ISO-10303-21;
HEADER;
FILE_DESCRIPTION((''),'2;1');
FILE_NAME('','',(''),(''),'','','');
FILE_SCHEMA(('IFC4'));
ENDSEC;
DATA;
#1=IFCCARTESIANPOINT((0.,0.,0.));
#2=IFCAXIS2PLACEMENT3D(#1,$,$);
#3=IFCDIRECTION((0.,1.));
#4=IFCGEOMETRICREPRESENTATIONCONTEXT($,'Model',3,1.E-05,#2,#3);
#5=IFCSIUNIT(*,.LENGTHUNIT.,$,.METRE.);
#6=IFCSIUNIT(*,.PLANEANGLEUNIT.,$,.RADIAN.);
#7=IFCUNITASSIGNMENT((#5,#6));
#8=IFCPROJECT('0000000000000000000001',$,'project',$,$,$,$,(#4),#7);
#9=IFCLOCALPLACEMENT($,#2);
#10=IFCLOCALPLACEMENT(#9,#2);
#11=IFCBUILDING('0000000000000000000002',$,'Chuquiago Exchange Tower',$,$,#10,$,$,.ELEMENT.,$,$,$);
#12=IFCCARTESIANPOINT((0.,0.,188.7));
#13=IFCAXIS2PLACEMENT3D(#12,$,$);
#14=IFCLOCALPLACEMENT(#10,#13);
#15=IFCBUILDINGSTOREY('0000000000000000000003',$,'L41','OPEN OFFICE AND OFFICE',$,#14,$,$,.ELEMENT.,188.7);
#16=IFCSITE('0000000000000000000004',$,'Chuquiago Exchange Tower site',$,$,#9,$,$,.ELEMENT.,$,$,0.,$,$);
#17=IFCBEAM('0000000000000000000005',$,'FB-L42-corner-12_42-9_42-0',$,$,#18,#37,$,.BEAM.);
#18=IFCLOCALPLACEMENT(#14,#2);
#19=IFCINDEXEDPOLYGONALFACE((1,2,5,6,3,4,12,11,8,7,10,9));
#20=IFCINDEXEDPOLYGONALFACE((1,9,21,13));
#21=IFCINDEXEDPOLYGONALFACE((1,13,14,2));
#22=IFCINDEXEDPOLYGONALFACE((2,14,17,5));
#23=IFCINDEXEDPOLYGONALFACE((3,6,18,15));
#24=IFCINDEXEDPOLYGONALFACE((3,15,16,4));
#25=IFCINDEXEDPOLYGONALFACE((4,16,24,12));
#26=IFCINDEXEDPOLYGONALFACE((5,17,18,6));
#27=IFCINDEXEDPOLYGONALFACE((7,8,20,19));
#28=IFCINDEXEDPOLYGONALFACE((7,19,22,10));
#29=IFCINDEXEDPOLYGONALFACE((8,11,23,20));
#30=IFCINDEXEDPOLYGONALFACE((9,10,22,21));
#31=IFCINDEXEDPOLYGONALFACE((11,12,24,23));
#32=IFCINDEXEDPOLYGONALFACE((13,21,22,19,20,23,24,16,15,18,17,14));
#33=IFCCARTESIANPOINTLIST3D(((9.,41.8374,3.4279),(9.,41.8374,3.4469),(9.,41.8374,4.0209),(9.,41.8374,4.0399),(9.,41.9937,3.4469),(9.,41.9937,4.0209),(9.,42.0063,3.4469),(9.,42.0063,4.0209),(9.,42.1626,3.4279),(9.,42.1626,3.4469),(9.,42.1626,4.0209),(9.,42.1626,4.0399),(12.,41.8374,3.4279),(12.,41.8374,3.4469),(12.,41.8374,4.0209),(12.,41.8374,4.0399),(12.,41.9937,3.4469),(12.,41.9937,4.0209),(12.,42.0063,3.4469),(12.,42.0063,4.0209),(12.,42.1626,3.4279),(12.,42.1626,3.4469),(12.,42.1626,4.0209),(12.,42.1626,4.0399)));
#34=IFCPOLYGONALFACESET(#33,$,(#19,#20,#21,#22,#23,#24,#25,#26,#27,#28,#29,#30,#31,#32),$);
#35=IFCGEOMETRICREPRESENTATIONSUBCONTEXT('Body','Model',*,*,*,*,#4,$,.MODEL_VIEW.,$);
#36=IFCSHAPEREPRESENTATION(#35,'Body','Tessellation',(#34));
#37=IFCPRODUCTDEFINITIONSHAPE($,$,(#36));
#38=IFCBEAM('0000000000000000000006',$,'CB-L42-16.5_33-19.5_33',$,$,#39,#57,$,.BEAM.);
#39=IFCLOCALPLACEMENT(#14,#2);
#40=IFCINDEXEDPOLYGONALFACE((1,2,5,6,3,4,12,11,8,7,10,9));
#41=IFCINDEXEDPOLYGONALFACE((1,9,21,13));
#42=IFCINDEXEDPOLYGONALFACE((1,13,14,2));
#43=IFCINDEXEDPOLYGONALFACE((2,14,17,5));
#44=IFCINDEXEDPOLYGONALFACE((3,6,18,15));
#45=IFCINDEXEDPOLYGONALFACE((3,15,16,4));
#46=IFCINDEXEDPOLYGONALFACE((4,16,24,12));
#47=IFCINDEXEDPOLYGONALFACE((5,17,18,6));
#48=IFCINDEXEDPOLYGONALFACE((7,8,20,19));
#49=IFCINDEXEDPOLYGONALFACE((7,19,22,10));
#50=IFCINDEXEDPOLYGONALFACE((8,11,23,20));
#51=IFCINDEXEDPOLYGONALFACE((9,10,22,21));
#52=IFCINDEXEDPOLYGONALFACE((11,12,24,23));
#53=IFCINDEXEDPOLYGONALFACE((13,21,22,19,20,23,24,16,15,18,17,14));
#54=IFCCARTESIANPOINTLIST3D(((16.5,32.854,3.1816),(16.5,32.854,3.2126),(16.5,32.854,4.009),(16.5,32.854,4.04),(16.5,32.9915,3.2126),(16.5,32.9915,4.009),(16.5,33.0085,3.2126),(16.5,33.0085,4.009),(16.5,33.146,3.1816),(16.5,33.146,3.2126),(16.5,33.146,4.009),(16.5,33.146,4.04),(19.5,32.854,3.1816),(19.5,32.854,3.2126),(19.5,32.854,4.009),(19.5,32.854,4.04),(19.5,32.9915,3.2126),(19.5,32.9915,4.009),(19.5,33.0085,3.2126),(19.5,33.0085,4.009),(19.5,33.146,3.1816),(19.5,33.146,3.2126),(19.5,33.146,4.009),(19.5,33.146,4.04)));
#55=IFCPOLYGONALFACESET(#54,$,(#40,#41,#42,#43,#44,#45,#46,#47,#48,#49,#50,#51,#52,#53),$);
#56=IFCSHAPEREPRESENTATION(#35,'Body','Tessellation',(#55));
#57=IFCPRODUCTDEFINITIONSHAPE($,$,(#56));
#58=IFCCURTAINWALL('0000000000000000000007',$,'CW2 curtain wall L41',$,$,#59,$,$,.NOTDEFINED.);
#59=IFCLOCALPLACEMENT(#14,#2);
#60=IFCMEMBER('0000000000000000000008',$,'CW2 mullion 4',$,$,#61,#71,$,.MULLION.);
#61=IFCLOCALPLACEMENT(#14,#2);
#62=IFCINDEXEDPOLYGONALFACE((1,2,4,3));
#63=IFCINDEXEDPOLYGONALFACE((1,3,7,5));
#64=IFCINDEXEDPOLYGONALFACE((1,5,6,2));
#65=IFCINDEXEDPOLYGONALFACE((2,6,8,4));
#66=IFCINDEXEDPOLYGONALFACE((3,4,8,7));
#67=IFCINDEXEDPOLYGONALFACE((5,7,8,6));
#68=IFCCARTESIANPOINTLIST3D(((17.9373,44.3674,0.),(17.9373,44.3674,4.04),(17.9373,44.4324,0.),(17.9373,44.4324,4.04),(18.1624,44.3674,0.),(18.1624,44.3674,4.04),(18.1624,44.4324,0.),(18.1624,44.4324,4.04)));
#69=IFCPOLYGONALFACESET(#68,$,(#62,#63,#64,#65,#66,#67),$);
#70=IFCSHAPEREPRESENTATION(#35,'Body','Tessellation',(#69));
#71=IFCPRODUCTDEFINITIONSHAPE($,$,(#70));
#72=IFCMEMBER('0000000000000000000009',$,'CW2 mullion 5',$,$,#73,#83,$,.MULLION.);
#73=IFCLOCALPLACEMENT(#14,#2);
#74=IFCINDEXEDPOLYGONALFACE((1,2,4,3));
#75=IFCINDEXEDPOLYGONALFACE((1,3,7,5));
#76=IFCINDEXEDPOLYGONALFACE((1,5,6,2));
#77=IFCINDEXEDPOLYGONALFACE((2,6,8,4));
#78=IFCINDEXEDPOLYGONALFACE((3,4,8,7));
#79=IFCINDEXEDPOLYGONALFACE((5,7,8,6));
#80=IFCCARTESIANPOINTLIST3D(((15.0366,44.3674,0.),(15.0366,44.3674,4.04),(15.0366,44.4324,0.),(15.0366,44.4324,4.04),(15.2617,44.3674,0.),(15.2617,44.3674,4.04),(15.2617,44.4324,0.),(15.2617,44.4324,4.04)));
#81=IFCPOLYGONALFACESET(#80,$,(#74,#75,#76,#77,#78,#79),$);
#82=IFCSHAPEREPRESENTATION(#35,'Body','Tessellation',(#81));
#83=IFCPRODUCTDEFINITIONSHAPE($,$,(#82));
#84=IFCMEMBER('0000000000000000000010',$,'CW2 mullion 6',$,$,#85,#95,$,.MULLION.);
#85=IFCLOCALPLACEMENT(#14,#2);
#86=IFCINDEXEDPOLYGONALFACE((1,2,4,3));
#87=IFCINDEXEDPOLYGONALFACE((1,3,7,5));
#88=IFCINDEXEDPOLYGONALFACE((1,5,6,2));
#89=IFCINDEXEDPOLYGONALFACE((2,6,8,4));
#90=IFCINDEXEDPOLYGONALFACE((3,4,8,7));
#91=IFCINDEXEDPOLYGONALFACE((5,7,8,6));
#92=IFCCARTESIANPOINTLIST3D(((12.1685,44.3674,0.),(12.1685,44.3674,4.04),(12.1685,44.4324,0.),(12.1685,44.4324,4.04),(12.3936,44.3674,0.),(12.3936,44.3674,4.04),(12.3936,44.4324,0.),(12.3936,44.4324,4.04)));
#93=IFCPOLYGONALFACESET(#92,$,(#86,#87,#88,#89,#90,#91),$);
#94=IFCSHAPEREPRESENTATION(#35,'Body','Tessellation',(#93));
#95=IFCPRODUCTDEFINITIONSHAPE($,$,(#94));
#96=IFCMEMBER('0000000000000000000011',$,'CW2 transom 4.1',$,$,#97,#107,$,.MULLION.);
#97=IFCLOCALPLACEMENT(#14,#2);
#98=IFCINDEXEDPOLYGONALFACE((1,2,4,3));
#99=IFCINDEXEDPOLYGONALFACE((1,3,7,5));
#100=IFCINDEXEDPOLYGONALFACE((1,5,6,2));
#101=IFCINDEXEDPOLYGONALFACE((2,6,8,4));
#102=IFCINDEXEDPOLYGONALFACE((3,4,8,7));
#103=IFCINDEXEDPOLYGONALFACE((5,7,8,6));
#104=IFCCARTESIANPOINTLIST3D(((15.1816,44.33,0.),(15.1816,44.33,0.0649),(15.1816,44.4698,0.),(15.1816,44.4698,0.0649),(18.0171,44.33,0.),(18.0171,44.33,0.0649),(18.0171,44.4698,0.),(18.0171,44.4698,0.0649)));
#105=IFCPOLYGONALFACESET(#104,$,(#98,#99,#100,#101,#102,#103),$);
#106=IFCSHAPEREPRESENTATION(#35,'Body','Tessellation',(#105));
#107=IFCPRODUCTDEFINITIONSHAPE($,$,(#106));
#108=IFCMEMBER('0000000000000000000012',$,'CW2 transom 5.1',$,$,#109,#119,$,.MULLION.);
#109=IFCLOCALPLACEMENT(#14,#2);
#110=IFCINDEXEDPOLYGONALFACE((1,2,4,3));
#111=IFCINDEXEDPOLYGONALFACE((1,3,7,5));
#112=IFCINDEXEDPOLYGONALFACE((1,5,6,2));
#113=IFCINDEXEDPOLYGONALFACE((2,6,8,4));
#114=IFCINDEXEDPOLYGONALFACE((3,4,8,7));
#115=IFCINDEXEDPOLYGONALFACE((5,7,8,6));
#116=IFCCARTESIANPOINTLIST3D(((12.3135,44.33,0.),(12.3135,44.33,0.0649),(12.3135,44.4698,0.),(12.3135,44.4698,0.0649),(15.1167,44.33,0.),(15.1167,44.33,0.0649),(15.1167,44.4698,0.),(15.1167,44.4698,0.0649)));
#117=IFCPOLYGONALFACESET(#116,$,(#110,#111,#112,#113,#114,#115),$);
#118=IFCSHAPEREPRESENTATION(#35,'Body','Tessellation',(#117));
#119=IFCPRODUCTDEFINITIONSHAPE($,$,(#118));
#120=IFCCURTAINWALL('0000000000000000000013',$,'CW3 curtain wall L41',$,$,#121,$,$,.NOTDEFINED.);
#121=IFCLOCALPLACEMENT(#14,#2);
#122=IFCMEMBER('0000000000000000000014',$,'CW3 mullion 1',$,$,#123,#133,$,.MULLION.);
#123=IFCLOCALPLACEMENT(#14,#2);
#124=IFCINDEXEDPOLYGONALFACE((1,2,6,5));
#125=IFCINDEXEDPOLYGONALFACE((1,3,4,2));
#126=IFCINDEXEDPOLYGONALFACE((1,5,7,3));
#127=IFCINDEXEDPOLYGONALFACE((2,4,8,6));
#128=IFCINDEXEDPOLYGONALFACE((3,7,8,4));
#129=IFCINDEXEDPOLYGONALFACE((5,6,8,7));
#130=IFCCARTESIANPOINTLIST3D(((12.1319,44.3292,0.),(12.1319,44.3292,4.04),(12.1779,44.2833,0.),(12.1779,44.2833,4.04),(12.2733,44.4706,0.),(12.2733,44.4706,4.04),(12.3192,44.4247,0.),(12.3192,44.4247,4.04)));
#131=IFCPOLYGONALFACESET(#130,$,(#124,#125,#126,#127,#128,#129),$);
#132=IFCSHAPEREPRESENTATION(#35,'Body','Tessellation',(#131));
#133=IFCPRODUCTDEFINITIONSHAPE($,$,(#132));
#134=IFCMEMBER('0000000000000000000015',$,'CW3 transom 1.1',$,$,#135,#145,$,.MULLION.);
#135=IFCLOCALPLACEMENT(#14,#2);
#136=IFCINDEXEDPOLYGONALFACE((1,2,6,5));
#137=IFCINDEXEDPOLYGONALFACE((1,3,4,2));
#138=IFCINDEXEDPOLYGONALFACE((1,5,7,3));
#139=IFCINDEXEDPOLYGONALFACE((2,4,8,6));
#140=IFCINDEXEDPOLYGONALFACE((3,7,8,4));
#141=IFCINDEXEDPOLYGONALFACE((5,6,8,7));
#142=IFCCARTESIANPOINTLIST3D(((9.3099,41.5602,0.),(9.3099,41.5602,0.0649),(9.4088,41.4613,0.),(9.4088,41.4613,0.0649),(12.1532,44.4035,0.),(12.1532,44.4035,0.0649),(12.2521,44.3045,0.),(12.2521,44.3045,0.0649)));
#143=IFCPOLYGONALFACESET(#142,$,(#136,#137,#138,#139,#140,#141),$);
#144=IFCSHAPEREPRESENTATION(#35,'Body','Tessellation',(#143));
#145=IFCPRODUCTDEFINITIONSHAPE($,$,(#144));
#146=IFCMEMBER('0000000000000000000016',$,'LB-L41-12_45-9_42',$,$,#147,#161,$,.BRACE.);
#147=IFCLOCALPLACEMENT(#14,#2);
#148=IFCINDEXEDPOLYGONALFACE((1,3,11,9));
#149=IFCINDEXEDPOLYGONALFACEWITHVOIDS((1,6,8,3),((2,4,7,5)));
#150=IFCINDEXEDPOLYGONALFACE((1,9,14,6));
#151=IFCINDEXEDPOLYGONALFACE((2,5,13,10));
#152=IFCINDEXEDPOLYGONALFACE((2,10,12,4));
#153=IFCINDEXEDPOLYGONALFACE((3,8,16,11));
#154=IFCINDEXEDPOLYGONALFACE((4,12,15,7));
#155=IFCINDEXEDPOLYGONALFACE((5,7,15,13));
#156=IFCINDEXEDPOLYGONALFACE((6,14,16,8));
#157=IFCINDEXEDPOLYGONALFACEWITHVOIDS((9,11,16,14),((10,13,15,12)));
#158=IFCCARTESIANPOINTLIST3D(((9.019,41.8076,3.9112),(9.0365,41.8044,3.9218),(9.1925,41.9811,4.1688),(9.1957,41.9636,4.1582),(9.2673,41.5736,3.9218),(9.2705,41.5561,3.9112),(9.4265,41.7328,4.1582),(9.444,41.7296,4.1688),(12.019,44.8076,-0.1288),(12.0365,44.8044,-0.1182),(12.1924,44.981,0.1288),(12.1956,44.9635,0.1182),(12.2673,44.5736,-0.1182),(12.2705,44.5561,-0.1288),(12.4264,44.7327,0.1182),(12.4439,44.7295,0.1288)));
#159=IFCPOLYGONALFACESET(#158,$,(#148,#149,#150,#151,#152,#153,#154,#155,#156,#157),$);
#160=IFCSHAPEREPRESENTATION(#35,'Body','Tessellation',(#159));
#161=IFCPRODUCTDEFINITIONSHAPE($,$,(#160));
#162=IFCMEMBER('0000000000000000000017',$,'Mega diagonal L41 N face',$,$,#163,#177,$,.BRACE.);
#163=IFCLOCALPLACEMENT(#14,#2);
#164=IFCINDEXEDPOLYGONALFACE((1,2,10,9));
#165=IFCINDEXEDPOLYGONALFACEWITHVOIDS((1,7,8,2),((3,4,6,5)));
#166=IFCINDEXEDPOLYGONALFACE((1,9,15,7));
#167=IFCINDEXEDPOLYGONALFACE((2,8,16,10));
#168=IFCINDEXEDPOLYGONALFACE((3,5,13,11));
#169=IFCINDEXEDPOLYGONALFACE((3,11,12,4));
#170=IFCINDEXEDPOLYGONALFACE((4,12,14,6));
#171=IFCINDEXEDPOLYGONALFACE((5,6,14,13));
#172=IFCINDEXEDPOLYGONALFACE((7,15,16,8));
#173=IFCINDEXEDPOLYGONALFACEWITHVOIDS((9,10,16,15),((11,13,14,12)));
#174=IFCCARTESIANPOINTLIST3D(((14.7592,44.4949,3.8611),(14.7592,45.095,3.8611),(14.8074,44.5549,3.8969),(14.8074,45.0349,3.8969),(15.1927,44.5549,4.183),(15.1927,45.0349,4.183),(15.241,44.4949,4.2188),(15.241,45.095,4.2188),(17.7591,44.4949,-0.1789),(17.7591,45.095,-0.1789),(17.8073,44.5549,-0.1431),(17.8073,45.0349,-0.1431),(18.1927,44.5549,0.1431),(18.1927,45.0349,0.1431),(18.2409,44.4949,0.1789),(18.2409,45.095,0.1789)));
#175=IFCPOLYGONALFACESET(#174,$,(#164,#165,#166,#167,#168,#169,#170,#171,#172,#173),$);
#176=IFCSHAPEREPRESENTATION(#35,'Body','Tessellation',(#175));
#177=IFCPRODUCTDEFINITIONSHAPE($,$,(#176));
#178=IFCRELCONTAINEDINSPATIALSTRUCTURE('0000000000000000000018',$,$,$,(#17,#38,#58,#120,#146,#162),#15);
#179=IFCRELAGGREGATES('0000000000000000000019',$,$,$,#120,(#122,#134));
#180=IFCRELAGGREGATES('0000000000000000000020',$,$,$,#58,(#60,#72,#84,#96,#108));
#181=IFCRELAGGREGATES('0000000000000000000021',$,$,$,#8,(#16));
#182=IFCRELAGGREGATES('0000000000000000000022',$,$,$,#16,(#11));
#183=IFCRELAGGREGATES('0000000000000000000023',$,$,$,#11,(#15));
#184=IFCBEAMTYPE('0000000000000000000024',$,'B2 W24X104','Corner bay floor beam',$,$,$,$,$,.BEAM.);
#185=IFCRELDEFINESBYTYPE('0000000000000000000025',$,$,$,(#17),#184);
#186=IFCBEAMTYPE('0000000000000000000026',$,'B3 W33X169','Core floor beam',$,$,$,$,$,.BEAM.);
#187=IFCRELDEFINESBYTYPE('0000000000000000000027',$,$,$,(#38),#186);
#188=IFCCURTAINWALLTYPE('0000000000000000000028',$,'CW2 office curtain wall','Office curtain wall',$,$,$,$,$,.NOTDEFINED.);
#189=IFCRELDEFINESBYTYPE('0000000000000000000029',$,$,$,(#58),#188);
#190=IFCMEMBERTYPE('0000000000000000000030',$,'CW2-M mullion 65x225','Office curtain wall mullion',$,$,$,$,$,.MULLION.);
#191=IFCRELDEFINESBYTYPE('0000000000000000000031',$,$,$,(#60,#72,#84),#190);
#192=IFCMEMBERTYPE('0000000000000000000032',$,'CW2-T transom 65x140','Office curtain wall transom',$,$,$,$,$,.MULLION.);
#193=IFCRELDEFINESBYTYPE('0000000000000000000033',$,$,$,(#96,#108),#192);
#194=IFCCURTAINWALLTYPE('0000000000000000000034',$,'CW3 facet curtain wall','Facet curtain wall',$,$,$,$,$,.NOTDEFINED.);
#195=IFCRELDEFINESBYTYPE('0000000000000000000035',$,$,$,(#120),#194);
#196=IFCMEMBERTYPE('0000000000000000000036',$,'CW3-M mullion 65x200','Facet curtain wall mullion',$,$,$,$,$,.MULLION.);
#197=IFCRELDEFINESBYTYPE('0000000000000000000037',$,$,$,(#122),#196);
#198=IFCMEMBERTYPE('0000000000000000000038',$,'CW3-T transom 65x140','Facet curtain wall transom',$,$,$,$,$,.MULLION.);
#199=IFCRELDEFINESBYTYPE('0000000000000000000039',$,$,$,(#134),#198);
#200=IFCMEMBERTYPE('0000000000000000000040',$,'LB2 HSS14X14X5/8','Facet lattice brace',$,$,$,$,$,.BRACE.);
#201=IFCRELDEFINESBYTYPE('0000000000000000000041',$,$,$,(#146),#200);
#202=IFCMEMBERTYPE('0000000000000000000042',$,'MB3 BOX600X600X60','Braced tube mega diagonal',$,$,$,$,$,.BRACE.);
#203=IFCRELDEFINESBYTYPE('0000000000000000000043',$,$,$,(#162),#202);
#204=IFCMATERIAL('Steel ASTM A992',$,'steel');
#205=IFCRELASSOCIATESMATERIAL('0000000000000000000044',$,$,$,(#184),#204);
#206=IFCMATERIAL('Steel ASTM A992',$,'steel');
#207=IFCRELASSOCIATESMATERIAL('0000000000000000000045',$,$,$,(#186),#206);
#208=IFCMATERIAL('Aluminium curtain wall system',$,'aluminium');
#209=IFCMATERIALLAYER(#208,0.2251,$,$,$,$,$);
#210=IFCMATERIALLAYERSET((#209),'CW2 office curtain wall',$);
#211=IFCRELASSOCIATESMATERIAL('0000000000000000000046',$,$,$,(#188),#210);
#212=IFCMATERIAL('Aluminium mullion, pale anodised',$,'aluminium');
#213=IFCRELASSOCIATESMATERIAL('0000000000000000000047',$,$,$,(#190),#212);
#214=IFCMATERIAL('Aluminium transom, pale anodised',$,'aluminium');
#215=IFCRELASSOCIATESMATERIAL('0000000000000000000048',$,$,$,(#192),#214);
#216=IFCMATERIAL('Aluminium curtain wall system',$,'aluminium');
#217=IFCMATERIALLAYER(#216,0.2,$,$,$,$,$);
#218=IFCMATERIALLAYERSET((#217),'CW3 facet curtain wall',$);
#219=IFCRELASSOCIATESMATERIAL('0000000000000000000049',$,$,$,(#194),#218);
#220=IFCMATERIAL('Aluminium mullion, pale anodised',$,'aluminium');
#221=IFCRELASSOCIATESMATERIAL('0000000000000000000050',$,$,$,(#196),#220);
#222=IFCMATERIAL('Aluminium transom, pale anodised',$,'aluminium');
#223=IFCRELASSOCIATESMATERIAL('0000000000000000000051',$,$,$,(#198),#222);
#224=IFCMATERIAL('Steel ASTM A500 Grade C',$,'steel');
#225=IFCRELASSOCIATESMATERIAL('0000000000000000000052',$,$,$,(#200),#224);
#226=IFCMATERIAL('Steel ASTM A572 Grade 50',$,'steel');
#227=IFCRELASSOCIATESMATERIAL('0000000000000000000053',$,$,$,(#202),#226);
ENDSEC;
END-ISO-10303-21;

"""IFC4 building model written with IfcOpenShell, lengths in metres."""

from ifc_helpers import new_model, si_unit, direction, frame, origin, origin_2d, place, context, subcontext, project, spatial, rectangle, hollow_rectangle, i_section, extrude, material, layer, layer_set, material_profile, profile_set, type_object, element, aggregate, save


model = new_model("IFC4")

# Units and contexts
model_context = context("Model", 3, precision=1e-05, world=origin(), true_north=direction((0.0, 1.0)))
body_context = subcontext(model_context, "Body", "Model", "MODEL_VIEW")
ifc_project = project(units=[si_unit("LENGTHUNIT", "METRE"), si_unit("PLANEANGLEUNIT", "RADIAN")], contexts=[model_context])

# Site, building, storey
site_placement = place(None, origin())
site = spatial("IfcSite", under=ifc_project, at=site_placement, Name="Chuquiago Exchange Tower site", CompositionType="ELEMENT", RefElevation=0.0)
building_placement = place(site_placement, origin())
building = spatial("IfcBuilding", under=site, at=building_placement, Name="Chuquiago Exchange Tower", CompositionType="ELEMENT")
storey_placement = place(building_placement, frame((0.0, 0.0, 188.7)))
storey = spatial("IfcBuildingStorey", under=building, at=storey_placement, Name="L41", Description="OPEN OFFICE AND OFFICE", CompositionType="ELEMENT", Elevation=188.7)

# Beams
ifc_material_1 = material(Name="Steel ASTM A992", Category="steel")
ifc_material_profile_1 = material_profile(ifc_material_1, i_section(OverallWidth=0.3252, OverallDepth=0.6121, WebThickness=0.0127, FlangeThickness=0.019, at=origin_2d()), Name="W24X104")
ifc_profile_set_1 = profile_set([ifc_material_profile_1], Name="Steel ASTM A992")
beam_type_1 = type_object("IfcBeamType", Name="B2 W24X104", Description="Corner bay floor beam", PredefinedType="BEAM", material=ifc_profile_set_1)
beam_1_placement = place(storey_placement, frame((12.0, 42.0, 3.7339), z_axis=(-1.0, 0.0, 0.0), x_axis=(0.0, -1.0, 0.0)))
element("IfcBeam", 1, at=beam_1_placement, inside=storey, type_object=beam_type_1, Name="FB-L42-corner-12_42-9_42-0", PredefinedType="BEAM", context=body_context, shape_type="SweptSolid", body=[
    extrude(i_section(OverallWidth=0.3252, OverallDepth=0.6121, WebThickness=0.0127, FlangeThickness=0.019, at=origin_2d()), origin(), (0.0, 0.0, 1.0), 3.0),
])
ifc_material_2 = material(Name="Steel ASTM A992", Category="steel")
ifc_material_profile_2 = material_profile(ifc_material_2, i_section(OverallWidth=0.292, OverallDepth=0.8584, WebThickness=0.0171, FlangeThickness=0.031, at=origin_2d()), Name="W33X169")
ifc_profile_set_2 = profile_set([ifc_material_profile_2], Name="Steel ASTM A992")
beam_type_2 = type_object("IfcBeamType", Name="B3 W33X169", Description="Core floor beam", PredefinedType="BEAM", material=ifc_profile_set_2)
beam_2_placement = place(storey_placement, frame((16.5, 33.0, 3.6108), z_axis=(1.0, 0.0, 0.0), x_axis=(0.0, 1.0, 0.0)))
element("IfcBeam", 2, at=beam_2_placement, inside=storey, type_object=beam_type_2, Name="CB-L42-16.5_33-19.5_33", PredefinedType="BEAM", context=body_context, shape_type="SweptSolid", body=[
    extrude(i_section(OverallWidth=0.292, OverallDepth=0.8584, WebThickness=0.0171, FlangeThickness=0.031, at=origin_2d()), origin(), (0.0, 0.0, 1.0), 3.0),
])

# Curtain walls, members
ifc_material_3 = material(Name="Aluminium curtain wall system", Category="aluminium")
ifc_layer_1 = layer(ifc_material_3, 0.2251)
ifc_layer_set_1 = layer_set([ifc_layer_1], Name="CW2 office curtain wall")
curtain_wall_type_1 = type_object("IfcCurtainWallType", Name="CW2 office curtain wall", Description="Office curtain wall", PredefinedType="NOTDEFINED", material=ifc_layer_set_1)
curtain_wall_1_placement = place(storey_placement, origin())
curtain_wall_1 = element("IfcCurtainWall", 3, at=curtain_wall_1_placement, inside=storey, type_object=curtain_wall_type_1, Name="CW2 curtain wall L41", PredefinedType="NOTDEFINED")
ifc_material_4 = material(Name="Aluminium mullion, pale anodised", Category="aluminium")
ifc_material_profile_3 = material_profile(ifc_material_4, rectangle(XDim=0.0649, YDim=0.2251, at=origin_2d()), Name="AL 65x225")
ifc_profile_set_3 = profile_set([ifc_material_profile_3], Name="Aluminium mullion, pale anodised")
member_type_1 = type_object("IfcMemberType", Name="CW2-M mullion 65x225", Description="Office curtain wall mullion", PredefinedType="MULLION", material=ifc_profile_set_3)
member_1_placement = place(storey_placement, frame((18.0498, 44.3999, 0.0), z_axis=(0.0, 0.0, 1.0), x_axis=(0.0, -1.0, 0.0)))
member_1 = element("IfcMember", 4, at=member_1_placement, type_object=member_type_1, Name="CW2 mullion 4", PredefinedType="MULLION", context=body_context, shape_type="SweptSolid", body=[
    extrude(rectangle(XDim=0.0649, YDim=0.2251, at=origin_2d()), origin(), (0.0, 0.0, 1.0), 4.04),
])
member_2_placement = place(storey_placement, frame((15.1492, 44.3999, 0.0), z_axis=(0.0, 0.0, 1.0), x_axis=(0.0, -1.0, 0.0)))
member_2 = element("IfcMember", 5, at=member_2_placement, type_object=member_type_1, Name="CW2 mullion 5", PredefinedType="MULLION", context=body_context, shape_type="SweptSolid", body=[
    extrude(rectangle(XDim=0.0649, YDim=0.2251, at=origin_2d()), origin(), (0.0, 0.0, 1.0), 4.04),
])
member_3_placement = place(storey_placement, frame((12.281, 44.3999, 0.0), z_axis=(0.0, 0.0, 1.0), x_axis=(0.0, -1.0, 0.0)))
member_3 = element("IfcMember", 6, at=member_3_placement, type_object=member_type_1, Name="CW2 mullion 6", PredefinedType="MULLION", context=body_context, shape_type="SweptSolid", body=[
    extrude(rectangle(XDim=0.0649, YDim=0.2251, at=origin_2d()), origin(), (0.0, 0.0, 1.0), 4.04),
])
ifc_material_5 = material(Name="Aluminium transom, pale anodised", Category="aluminium")
ifc_material_profile_4 = material_profile(ifc_material_5, rectangle(XDim=0.1399, YDim=0.0649, at=origin_2d()), Name="AL 140x65")
ifc_profile_set_4 = profile_set([ifc_material_profile_4], Name="Aluminium transom, pale anodised")
member_type_2 = type_object("IfcMemberType", Name="CW2-T transom 65x140", Description="Office curtain wall transom", PredefinedType="MULLION", material=ifc_profile_set_4)
member_4_placement = place(storey_placement, frame((18.0171, 44.3999, 0.0325), z_axis=(-1.0, 0.0, 0.0), x_axis=(0.0, -1.0, 0.0)))
member_4 = element("IfcMember", 7, at=member_4_placement, type_object=member_type_2, Name="CW2 transom 4.1", PredefinedType="MULLION", context=body_context, shape_type="SweptSolid", body=[
    extrude(rectangle(XDim=0.1399, YDim=0.0649, at=origin_2d()), origin(), (0.0, 0.0, 1.0), 2.8354),
])
member_5_placement = place(storey_placement, frame((15.1167, 44.3999, 0.0325), z_axis=(-1.0, 0.0, 0.0), x_axis=(0.0, -1.0, 0.0)))
member_5 = element("IfcMember", 8, at=member_5_placement, type_object=member_type_2, Name="CW2 transom 5.1", PredefinedType="MULLION", context=body_context, shape_type="SweptSolid", body=[
    extrude(rectangle(XDim=0.1399, YDim=0.0649, at=origin_2d()), origin(), (0.0, 0.0, 1.0), 2.8032),
])
ifc_material_6 = material(Name="Aluminium curtain wall system", Category="aluminium")
ifc_layer_2 = layer(ifc_material_6, 0.2)
ifc_layer_set_2 = layer_set([ifc_layer_2], Name="CW3 facet curtain wall")
curtain_wall_type_2 = type_object("IfcCurtainWallType", Name="CW3 facet curtain wall", Description="Facet curtain wall", PredefinedType="NOTDEFINED", material=ifc_layer_set_2)
curtain_wall_2_placement = place(storey_placement, origin())
curtain_wall_2 = element("IfcCurtainWall", 9, at=curtain_wall_2_placement, inside=storey, type_object=curtain_wall_type_2, Name="CW3 curtain wall L41", PredefinedType="NOTDEFINED")
ifc_material_7 = material(Name="Aluminium mullion, pale anodised", Category="aluminium")
ifc_material_profile_5 = material_profile(ifc_material_7, rectangle(XDim=0.0649, YDim=0.2, at=origin_2d()), Name="AL 65x200")
ifc_profile_set_5 = profile_set([ifc_material_profile_5], Name="Aluminium mullion, pale anodised")
member_type_3 = type_object("IfcMemberType", Name="CW3-M mullion 65x200", Description="Facet curtain wall mullion", PredefinedType="MULLION", material=ifc_profile_set_5)
member_6_placement = place(storey_placement, frame((12.2256, 44.377, 0.0), z_axis=(0.0, 0.0, 1.0), x_axis=(0.707107, -0.707107, 0.0)))
member_6 = element("IfcMember", 10, at=member_6_placement, type_object=member_type_3, Name="CW3 mullion 1", PredefinedType="MULLION", context=body_context, shape_type="SweptSolid", body=[
    extrude(rectangle(XDim=0.0649, YDim=0.2, at=origin_2d()), origin(), (0.0, 0.0, 1.0), 4.04),
])
ifc_material_8 = material(Name="Aluminium transom, pale anodised", Category="aluminium")
ifc_material_profile_6 = material_profile(ifc_material_8, rectangle(XDim=0.1399, YDim=0.0649, at=origin_2d()), Name="AL 140x65")
ifc_profile_set_6 = profile_set([ifc_material_profile_6], Name="Aluminium transom, pale anodised")
member_type_4 = type_object("IfcMemberType", Name="CW3-T transom 65x140", Description="Facet curtain wall transom", PredefinedType="MULLION", material=ifc_profile_set_6)
member_7_placement = place(storey_placement, frame((12.2026, 44.354, 0.0325), z_axis=(-0.707107, -0.707107, 0.0), x_axis=(0.707107, -0.707107, 0.0)))
member_7 = element("IfcMember", 11, at=member_7_placement, type_object=member_type_4, Name="CW3 transom 1.1", PredefinedType="MULLION", context=body_context, shape_type="SweptSolid", body=[
    extrude(rectangle(XDim=0.1399, YDim=0.0649, at=origin_2d()), origin(), (0.0, 0.0, 1.0), 4.021),
])
aggregate(curtain_wall_2, [member_6, member_7])

# Members
ifc_material_9 = material(Name="Steel ASTM A500 Grade C", Category="steel")
ifc_material_profile_7 = material_profile(ifc_material_9, hollow_rectangle(XDim=0.3557, YDim=0.3557, WallThickness=0.0146, at=origin_2d()), Name="HSS14X14X5/8")
ifc_profile_set_7 = profile_set([ifc_material_profile_7], Name="Steel ASTM A500 Grade C")
member_type_5 = type_object("IfcMemberType", Name="LB2 HSS14X14X5/8", Description="Facet lattice brace", PredefinedType="BRACE", material=ifc_profile_set_7)
member_8_placement = place(storey_placement, frame((12.2314, 44.7686, 0.0), z_axis=(-0.512077, -0.512077, 0.689604), x_axis=(0.707107, -0.707107, 0.0)))
element("IfcMember", 12, at=member_8_placement, inside=storey, type_object=member_type_5, Name="LB-L41-12_45-9_42", PredefinedType="BRACE", context=body_context, shape_type="SweptSolid", body=[
    extrude(hollow_rectangle(XDim=0.3557, YDim=0.3557, WallThickness=0.0146, at=origin_2d()), origin(), (0.0, 0.0, 1.0), 5.8584),
])
ifc_material_10 = material(Name="Steel ASTM A572 Grade 50", Category="steel")
ifc_material_profile_8 = material_profile(ifc_material_10, hollow_rectangle(XDim=0.6001, YDim=0.6001, WallThickness=0.0601, at=origin_2d()), Name="BOX600X600X60")
ifc_profile_set_8 = profile_set([ifc_material_profile_8], Name="Steel ASTM A572 Grade 50")
member_type_6 = type_object("IfcMemberType", Name="MB3 BOX600X600X60", Description="Braced tube mega diagonal", PredefinedType="BRACE", material=ifc_profile_set_8)
for number, where, z_axis, x_axis, name in (
    (13, (18.0, 44.7949, 0.0), (-0.596174, 0.0, 0.802855), (0.0, -1.0, 0.0), "Mega diagonal L41 N face"),
):
    element("IfcMember", number, at=place(storey_placement, frame(where, z_axis=z_axis, x_axis=x_axis)), inside=storey, type_object=member_type_6, Name=name, PredefinedType="BRACE", context=body_context, shape_type="SweptSolid", body=[
        extrude(hollow_rectangle(XDim=0.6001, YDim=0.6001, WallThickness=0.0601, at=origin_2d()), origin(), (0.0, 0.0, 1.0), 5.032),
    ])

aggregate(curtain_wall_1, [member_1, member_2, member_3, member_4, member_5])

save(model, "model.ifc")
